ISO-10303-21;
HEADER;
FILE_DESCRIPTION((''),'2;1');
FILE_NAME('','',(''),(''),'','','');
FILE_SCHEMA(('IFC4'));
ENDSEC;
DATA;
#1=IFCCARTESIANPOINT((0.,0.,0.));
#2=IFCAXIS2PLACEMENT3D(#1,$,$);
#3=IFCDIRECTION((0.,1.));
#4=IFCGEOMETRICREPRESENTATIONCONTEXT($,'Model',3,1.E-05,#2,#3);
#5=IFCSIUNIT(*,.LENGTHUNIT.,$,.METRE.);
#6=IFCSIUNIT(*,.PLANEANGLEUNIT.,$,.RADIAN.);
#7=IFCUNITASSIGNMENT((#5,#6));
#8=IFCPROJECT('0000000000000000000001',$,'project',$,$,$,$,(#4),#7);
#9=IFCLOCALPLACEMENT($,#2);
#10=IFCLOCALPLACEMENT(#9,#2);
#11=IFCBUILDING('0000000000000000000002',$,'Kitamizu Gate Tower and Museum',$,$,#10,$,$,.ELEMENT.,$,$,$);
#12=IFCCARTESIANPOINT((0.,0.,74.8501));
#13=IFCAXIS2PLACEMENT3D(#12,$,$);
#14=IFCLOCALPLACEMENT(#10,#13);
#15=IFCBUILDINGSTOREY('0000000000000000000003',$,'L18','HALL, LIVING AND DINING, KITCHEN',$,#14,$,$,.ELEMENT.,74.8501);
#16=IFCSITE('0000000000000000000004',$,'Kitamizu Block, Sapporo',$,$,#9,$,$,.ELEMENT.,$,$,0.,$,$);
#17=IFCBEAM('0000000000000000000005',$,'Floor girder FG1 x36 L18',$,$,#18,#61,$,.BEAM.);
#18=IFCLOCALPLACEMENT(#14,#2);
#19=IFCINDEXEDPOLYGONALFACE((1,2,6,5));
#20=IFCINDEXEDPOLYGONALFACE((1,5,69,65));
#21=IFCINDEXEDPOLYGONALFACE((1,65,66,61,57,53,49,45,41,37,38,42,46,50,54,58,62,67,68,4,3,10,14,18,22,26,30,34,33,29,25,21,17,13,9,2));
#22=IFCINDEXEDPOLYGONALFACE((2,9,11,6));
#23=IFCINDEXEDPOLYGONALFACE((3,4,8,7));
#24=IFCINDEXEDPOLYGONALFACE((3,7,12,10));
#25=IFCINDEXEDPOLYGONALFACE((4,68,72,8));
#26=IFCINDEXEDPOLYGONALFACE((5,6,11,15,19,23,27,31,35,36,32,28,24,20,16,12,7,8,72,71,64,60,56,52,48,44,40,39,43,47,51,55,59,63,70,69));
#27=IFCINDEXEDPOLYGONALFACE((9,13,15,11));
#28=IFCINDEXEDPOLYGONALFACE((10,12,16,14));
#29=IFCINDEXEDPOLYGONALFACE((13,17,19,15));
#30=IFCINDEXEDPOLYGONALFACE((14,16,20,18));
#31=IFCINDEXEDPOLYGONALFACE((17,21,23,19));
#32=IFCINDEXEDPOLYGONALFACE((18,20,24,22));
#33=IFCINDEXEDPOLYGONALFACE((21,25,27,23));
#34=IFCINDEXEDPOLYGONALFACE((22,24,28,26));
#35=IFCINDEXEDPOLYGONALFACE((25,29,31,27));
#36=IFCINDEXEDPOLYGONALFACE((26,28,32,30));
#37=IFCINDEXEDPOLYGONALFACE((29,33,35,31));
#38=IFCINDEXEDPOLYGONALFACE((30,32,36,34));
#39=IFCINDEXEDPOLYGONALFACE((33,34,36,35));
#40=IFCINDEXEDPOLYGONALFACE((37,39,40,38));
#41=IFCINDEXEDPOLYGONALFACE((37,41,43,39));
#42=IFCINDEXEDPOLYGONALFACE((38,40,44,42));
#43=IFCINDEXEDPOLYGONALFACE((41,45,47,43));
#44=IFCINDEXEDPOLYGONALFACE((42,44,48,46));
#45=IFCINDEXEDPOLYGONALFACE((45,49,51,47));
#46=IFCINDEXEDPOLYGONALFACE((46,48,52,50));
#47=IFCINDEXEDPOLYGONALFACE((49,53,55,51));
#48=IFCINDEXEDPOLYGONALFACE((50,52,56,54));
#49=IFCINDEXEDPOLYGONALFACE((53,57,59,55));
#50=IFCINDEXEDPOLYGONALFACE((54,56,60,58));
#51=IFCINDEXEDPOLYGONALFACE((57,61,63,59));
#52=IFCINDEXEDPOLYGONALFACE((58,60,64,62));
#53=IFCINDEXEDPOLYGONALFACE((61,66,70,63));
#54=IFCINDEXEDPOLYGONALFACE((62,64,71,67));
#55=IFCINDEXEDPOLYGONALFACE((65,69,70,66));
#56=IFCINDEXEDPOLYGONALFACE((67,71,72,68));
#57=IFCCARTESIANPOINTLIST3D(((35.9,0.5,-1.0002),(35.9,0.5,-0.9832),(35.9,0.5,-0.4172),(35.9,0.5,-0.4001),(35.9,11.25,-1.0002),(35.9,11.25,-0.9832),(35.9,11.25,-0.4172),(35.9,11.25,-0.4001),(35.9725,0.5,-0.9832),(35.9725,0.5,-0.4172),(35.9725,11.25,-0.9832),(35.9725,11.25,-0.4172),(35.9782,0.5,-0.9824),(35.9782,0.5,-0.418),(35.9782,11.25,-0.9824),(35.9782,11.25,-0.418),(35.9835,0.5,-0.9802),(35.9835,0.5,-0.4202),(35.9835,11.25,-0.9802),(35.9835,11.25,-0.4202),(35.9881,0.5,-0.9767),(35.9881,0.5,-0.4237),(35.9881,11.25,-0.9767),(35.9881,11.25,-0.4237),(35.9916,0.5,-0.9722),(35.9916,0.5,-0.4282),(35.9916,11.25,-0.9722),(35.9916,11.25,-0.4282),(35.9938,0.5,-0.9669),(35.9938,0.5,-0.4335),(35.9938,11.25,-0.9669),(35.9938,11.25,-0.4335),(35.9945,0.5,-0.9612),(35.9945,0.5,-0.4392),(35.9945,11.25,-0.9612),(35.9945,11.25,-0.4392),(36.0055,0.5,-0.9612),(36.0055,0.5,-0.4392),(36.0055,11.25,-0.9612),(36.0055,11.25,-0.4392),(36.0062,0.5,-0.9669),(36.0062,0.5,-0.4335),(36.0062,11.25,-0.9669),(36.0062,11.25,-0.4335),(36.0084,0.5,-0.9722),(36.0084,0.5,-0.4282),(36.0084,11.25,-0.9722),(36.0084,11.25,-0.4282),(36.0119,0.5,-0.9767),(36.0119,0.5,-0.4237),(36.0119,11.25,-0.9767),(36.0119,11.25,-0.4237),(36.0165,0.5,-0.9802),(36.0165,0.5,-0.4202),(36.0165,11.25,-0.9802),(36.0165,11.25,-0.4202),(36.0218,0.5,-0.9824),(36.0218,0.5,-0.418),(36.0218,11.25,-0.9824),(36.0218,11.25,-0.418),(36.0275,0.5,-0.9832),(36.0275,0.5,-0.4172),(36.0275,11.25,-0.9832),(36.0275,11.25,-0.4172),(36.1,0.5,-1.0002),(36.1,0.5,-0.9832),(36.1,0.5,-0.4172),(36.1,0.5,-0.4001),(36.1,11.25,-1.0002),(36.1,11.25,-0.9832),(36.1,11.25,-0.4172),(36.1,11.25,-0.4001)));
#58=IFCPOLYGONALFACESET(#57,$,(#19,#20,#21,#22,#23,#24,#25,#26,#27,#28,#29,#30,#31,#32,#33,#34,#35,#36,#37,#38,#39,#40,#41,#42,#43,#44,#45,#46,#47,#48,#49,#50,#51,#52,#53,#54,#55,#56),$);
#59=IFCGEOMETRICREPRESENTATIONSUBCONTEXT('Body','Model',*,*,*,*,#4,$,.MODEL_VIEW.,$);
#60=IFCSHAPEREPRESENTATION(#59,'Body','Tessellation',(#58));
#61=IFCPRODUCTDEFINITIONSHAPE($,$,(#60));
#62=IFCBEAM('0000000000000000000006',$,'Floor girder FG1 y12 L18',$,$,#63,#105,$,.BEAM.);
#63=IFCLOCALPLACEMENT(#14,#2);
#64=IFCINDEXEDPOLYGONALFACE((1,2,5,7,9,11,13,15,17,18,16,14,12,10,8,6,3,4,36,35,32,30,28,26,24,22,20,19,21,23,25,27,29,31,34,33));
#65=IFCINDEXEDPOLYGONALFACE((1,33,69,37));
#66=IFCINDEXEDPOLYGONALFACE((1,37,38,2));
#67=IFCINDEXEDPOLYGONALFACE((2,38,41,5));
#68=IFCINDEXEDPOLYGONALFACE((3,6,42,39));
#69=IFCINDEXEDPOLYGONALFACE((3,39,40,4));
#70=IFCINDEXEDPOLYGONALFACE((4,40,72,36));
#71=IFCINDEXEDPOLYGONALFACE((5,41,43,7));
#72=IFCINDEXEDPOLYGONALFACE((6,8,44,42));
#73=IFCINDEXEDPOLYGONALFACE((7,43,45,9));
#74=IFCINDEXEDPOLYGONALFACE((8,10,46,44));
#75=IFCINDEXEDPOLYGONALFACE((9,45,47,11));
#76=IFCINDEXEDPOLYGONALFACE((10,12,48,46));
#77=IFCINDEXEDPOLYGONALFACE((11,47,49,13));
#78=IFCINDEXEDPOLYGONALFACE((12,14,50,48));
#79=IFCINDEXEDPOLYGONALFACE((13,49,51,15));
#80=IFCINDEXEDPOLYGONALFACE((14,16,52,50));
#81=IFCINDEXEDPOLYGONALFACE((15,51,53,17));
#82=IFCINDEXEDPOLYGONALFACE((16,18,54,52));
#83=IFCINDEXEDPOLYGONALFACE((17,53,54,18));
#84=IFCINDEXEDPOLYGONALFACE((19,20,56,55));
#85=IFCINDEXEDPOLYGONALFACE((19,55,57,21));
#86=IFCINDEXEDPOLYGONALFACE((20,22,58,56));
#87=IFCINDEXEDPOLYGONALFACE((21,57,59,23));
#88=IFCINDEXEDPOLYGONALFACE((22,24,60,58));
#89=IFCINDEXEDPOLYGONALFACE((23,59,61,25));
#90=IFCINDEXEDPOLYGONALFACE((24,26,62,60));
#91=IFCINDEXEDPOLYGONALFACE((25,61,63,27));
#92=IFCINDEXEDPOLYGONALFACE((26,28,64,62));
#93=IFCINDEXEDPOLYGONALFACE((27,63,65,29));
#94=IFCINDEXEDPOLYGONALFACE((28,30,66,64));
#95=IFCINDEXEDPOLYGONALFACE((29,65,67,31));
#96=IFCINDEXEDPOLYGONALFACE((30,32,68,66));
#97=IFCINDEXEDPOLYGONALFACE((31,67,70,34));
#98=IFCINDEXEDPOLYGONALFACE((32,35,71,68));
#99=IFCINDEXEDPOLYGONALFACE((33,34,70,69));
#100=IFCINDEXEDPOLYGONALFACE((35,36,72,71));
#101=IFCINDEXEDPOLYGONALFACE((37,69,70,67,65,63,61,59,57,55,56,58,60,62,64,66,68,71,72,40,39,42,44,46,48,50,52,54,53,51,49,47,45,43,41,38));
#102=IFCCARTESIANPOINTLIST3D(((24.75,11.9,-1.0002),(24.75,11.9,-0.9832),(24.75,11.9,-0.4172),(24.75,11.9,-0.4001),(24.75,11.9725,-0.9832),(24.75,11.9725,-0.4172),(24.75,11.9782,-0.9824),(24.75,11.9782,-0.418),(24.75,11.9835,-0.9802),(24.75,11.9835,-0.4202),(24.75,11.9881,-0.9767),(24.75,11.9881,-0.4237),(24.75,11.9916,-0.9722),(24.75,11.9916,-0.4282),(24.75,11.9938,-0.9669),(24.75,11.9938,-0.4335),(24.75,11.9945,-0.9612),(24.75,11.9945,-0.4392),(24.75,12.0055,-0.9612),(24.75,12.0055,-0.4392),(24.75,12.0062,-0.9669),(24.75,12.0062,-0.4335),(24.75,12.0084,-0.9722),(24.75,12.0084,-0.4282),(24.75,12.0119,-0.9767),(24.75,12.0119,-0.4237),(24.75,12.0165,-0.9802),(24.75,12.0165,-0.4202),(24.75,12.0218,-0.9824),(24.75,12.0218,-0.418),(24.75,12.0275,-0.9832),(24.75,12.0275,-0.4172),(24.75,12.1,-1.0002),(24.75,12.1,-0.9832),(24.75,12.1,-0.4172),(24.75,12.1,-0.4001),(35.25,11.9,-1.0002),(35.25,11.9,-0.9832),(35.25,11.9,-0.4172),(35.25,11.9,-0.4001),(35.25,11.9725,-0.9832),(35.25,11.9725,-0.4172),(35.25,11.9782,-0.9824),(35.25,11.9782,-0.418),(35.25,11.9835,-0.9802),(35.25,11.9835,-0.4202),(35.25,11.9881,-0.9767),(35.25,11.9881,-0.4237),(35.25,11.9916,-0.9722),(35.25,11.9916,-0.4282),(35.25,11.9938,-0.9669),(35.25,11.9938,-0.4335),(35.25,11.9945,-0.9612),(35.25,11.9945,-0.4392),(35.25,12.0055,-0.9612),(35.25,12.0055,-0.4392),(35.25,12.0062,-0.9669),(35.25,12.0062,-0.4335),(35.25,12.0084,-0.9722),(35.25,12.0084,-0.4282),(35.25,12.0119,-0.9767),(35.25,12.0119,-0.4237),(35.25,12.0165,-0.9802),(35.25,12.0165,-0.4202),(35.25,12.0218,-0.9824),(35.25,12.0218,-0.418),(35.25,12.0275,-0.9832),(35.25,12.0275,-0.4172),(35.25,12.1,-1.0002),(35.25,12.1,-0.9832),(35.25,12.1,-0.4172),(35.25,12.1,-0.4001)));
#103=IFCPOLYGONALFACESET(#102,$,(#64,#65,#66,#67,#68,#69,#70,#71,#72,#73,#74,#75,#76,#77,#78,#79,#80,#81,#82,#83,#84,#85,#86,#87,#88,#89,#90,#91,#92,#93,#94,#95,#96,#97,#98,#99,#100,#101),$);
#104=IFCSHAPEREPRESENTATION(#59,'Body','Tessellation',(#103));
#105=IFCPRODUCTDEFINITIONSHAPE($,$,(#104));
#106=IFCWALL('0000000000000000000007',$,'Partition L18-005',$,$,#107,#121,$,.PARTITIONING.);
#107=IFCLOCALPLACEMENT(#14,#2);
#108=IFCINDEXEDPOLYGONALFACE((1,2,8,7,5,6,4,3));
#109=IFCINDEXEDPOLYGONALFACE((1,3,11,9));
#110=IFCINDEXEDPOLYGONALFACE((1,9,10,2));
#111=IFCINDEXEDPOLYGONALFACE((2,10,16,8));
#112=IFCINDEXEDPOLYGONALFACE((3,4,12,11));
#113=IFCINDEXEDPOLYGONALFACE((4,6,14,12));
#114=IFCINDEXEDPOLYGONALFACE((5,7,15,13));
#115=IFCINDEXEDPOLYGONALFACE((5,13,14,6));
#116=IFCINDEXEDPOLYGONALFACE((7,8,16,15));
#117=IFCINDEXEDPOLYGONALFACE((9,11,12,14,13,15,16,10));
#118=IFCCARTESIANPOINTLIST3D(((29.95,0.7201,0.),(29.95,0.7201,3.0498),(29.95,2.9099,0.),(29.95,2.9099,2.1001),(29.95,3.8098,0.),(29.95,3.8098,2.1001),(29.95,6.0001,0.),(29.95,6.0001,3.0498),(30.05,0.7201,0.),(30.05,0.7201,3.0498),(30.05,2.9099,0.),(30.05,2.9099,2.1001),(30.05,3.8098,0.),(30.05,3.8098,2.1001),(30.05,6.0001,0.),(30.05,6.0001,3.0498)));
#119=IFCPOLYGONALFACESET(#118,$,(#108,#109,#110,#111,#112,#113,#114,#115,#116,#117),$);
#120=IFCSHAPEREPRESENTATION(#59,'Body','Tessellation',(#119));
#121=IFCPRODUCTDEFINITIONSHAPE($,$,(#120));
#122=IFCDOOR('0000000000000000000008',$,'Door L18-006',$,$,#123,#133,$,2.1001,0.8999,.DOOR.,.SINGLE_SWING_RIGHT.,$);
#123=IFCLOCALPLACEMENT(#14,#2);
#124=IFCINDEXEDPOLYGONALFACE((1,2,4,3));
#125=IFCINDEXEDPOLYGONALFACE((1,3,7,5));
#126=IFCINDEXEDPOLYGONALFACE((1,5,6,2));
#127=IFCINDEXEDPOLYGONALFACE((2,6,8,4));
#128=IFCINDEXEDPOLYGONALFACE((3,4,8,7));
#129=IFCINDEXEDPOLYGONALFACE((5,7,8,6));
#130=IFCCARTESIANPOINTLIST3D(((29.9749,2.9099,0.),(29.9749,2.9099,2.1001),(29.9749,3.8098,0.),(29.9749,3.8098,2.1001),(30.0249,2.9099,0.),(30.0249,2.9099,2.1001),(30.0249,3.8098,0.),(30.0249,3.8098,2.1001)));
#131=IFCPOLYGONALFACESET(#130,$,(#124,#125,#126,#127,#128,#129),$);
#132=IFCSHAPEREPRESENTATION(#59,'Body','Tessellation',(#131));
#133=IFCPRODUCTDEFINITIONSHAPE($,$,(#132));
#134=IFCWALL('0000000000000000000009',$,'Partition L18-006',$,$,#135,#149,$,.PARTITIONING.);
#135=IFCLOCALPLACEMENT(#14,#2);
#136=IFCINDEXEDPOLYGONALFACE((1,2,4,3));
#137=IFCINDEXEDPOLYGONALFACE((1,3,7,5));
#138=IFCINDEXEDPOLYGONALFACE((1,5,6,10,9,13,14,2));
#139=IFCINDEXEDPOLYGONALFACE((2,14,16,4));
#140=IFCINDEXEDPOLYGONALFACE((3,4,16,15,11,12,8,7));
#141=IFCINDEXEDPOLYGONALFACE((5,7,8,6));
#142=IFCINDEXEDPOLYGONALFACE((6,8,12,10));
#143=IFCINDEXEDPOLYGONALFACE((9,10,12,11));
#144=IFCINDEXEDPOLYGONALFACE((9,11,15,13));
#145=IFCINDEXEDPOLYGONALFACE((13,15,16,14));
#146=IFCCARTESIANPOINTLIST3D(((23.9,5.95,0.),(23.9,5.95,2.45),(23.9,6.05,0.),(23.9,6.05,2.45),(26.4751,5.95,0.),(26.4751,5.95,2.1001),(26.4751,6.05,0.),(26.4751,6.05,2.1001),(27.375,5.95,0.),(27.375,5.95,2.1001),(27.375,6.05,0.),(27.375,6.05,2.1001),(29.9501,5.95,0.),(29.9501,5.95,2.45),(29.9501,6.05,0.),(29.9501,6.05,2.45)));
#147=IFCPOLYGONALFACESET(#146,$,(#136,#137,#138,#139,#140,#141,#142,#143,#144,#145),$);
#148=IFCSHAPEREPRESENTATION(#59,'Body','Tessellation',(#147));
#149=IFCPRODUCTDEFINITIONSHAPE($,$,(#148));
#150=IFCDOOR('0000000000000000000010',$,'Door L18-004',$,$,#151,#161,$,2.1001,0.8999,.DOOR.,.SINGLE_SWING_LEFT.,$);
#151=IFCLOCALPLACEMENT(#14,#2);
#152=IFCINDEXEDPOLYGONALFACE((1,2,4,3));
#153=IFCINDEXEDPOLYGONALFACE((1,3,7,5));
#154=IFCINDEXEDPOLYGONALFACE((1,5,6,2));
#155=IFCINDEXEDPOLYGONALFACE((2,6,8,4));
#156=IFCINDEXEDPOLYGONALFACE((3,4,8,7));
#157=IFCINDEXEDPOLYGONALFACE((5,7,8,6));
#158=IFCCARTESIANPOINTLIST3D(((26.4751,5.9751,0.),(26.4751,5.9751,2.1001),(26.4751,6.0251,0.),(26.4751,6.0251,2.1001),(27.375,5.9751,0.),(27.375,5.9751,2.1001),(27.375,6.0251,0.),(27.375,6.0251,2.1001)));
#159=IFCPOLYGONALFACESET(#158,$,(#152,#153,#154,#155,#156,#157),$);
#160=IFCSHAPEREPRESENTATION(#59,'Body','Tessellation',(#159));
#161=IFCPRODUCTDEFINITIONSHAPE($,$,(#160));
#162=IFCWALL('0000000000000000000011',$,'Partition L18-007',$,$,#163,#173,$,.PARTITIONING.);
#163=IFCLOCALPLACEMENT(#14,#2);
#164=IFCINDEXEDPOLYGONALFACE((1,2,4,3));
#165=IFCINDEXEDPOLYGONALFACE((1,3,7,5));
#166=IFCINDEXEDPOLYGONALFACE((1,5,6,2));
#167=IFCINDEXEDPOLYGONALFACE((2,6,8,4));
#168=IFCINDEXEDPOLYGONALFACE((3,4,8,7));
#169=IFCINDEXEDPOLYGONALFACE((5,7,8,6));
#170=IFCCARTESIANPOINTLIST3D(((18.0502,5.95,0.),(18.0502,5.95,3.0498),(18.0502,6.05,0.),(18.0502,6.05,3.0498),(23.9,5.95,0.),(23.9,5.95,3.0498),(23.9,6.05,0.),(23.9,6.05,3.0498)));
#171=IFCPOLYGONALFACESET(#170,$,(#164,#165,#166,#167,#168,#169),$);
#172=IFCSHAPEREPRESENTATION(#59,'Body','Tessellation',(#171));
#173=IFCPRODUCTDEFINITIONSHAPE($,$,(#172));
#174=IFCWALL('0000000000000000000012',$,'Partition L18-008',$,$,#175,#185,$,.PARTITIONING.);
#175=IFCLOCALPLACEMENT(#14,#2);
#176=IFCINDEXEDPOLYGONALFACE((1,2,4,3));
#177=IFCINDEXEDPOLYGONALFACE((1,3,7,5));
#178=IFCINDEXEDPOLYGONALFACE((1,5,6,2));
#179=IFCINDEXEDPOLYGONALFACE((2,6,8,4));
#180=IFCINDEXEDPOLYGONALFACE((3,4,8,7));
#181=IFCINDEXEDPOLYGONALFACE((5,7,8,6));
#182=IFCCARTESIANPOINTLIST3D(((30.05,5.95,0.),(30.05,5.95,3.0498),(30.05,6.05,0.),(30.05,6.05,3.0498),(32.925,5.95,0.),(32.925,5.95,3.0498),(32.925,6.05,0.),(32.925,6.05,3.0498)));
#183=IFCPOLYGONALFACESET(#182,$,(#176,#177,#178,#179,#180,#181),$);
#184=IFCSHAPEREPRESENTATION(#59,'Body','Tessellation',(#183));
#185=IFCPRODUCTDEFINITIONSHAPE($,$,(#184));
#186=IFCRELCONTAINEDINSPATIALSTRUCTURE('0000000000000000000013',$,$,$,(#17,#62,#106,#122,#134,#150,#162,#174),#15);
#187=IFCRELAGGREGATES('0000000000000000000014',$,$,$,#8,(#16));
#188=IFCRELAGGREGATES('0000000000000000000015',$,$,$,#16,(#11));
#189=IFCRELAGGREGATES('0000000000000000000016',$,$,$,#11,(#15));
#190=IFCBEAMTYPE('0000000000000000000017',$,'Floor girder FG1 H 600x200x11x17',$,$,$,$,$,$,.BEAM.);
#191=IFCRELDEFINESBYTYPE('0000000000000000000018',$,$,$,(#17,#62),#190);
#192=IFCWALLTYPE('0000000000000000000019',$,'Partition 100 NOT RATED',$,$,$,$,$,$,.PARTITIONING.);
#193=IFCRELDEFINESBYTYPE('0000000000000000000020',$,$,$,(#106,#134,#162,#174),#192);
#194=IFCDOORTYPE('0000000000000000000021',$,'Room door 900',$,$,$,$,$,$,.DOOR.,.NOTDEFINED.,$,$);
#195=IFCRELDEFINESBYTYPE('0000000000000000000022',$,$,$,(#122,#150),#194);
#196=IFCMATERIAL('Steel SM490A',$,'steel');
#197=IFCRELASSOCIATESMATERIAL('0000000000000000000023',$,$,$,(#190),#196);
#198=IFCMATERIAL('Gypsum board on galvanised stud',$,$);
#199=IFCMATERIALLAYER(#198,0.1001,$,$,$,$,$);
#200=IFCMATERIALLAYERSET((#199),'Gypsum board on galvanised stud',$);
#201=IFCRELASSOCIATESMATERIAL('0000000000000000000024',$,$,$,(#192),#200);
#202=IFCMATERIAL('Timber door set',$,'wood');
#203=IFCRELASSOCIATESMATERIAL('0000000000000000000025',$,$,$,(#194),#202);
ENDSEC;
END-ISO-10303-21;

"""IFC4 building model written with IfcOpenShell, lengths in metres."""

from ifc_helpers import new_model, si_unit, direction, frame, frame_2d, origin, origin_2d, place, context, subcontext, project, spatial, rectangle, i_section, extrude, material, layer, layer_set, material_profile, profile_set, type_object, element, fill, save


model = new_model("IFC4")

# Units and contexts
model_context = context("Model", 3, precision=1e-05, world=origin(), true_north=direction((0.0, 1.0)))
body_context = subcontext(model_context, "Body", "Model", "MODEL_VIEW")
ifc_project = project(units=[si_unit("LENGTHUNIT", "METRE"), si_unit("PLANEANGLEUNIT", "RADIAN")], contexts=[model_context])

# Site, building, storey
site_placement = place(None, origin())
site = spatial("IfcSite", under=ifc_project, at=site_placement, Name="Kitamizu Block, Sapporo", CompositionType="ELEMENT", RefElevation=0.0)
building_placement = place(site_placement, origin())
building = spatial("IfcBuilding", under=site, at=building_placement, Name="Kitamizu Gate Tower and Museum", CompositionType="ELEMENT")
storey_placement = place(building_placement, frame((0.0, 0.0, 74.8501)))
storey = spatial("IfcBuildingStorey", under=building, at=storey_placement, Name="L18", Description="HALL, LIVING AND DINING, KITCHEN", CompositionType="ELEMENT", Elevation=74.8501)

# Beams
ifc_material_1 = material(Name="Steel SM490A", Category="steel")
ifc_material_profile_1 = material_profile(ifc_material_1, i_section(OverallWidth=0.2, OverallDepth=0.6001, WebThickness=0.011, FlangeThickness=0.0171, FilletRadius=0.022, at=origin_2d()), Name="H-600x200x11x17")
ifc_profile_set_1 = profile_set([ifc_material_profile_1], Name="Steel SM490A")
beam_type_1 = type_object("IfcBeamType", Name="Floor girder FG1 H 600x200x11x17", PredefinedType="BEAM", material=ifc_profile_set_1)
for number, where, z_axis, x_axis, name in (
    (1, (36.0, 0.5, -0.7002), (0.0, 1.0, 0.0), (-1.0, 0.0, 0.0), "Floor girder FG1 x36 L18"),
):
    element("IfcBeam", number, at=place(storey_placement, frame(where, z_axis=z_axis, x_axis=x_axis)), inside=storey, type_object=beam_type_1, Name=name, PredefinedType="BEAM", context=body_context, shape_type="SweptSolid", body=[
        extrude(i_section(OverallWidth=0.2, OverallDepth=0.6001, WebThickness=0.011, FlangeThickness=0.0171, FilletRadius=0.022, at=origin_2d()), origin(), (0.0, 0.0, 1.0), 10.75),
    ])
beam_1_placement = place(storey_placement, frame((24.75, 12.0, -0.7002), z_axis=(1.0, 0.0, 0.0), x_axis=(0.0, 1.0, 0.0)))
element("IfcBeam", 2, at=beam_1_placement, inside=storey, type_object=beam_type_1, Name="Floor girder FG1 y12 L18", PredefinedType="BEAM", context=body_context, shape_type="SweptSolid", body=[
    extrude(i_section(OverallWidth=0.2, OverallDepth=0.6001, WebThickness=0.011, FlangeThickness=0.0171, FilletRadius=0.022, at=origin_2d()), origin(), (0.0, 0.0, 1.0), 10.5),
])

# Walls, openings, doors
ifc_material_2 = material(Name="Gypsum board on galvanised stud")
ifc_layer_1 = layer(ifc_material_2, 0.1001)
ifc_layer_set_1 = layer_set([ifc_layer_1], Name="Gypsum board on galvanised stud")
wall_type_1 = type_object("IfcWallType", Name="Partition 100 NOT RATED", PredefinedType="PARTITIONING", material=ifc_layer_set_1)
wall_1_placement = place(storey_placement, frame((30.0, 0.72, 0.0), z_axis=(0.0, 0.0, 1.0), x_axis=(0.0, 1.0, 0.0)))
wall_1 = element("IfcWall", 3, at=wall_1_placement, inside=storey, type_object=wall_type_1, Name="Partition L18-005", PredefinedType="PARTITIONING", context=body_context, shape_type="SweptSolid", body=[
    extrude(rectangle(XDim=5.28, YDim=0.1001, at=frame_2d((2.6401, 0.0))), origin(), (0.0, 0.0, 1.0), 3.0498),
])
opening_1_placement = place(wall_1_placement, frame((2.1899, 0.0, 0.0)))
opening_1 = element("IfcOpeningElement", 4, at=opening_1_placement, cuts=wall_1, PredefinedType="OPENING", context=body_context, shape_type="SweptSolid", body=[
    extrude(rectangle(XDim=0.8999, YDim=2.1001, at=frame_2d((0.45, 1.05))), frame((0.0, 0.0601, 0.0), z_axis=(0.0, -1.0, 0.0), x_axis=(1.0, 0.0, 0.0)), (0.0, 0.0, 1.0), 0.1201),
])
ifc_material_3 = material(Name="Timber door set", Category="wood")
door_type_1 = type_object("IfcDoorType", Name="Room door 900", OperationType="NOTDEFINED", PredefinedType="DOOR", material=ifc_material_3)
door_1_placement = place(opening_1_placement, frame((0.8999, 0.0, 0.0), x_axis=(-1.0, 0.0, 0.0)))
door_1 = element("IfcDoor", 5, at=door_1_placement, inside=storey, type_object=door_type_1, Name="Door L18-006", OperationType="SINGLE_SWING_RIGHT", OverallHeight=2.1001, OverallWidth=0.8999, PredefinedType="DOOR", context=body_context, shape_type="SweptSolid", body=[
    extrude(rectangle(XDim=0.8999, YDim=2.1001, at=frame_2d((0.45, 1.05))), frame((0.0, 0.0249, 0.0), z_axis=(0.0, -1.0, 0.0), x_axis=(1.0, 0.0, 0.0)), (0.0, 0.0, 1.0), 0.05),
])
fill(opening_1, door_1)
wall_2_placement = place(storey_placement, frame((29.95, 6.0, 0.0), z_axis=(0.0, 0.0, 1.0), x_axis=(-1.0, 0.0, 0.0)))
wall_2 = element("IfcWall", 6, at=wall_2_placement, inside=storey, type_object=wall_type_1, Name="Partition L18-006", PredefinedType="PARTITIONING", context=body_context, shape_type="SweptSolid", body=[
    extrude(rectangle(XDim=6.05, YDim=0.1001, at=frame_2d((3.0249, 0.0))), origin(), (0.0, 0.0, 1.0), 2.45),
])
opening_2_placement = place(wall_2_placement, frame((2.575, 0.0, 0.0)))
opening_2 = element("IfcOpeningElement", 7, at=opening_2_placement, cuts=wall_2, PredefinedType="OPENING", context=body_context, shape_type="SweptSolid", body=[
    extrude(rectangle(XDim=0.8999, YDim=2.1001, at=frame_2d((0.45, 1.05))), frame((0.0, 0.0601, 0.0), z_axis=(0.0, -1.0, 0.0), x_axis=(1.0, 0.0, 0.0)), (0.0, 0.0, 1.0), 0.1201),
])
door_2_placement = place(opening_2_placement, origin())
door_2 = element("IfcDoor", 8, at=door_2_placement, inside=storey, type_object=door_type_1, Name="Door L18-004", OperationType="SINGLE_SWING_LEFT", OverallHeight=2.1001, OverallWidth=0.8999, PredefinedType="DOOR", context=body_context, shape_type="SweptSolid", body=[
    extrude(rectangle(XDim=0.8999, YDim=2.1001, at=frame_2d((0.45, 1.05))), frame((0.0, 0.0249, 0.0), z_axis=(0.0, -1.0, 0.0), x_axis=(1.0, 0.0, 0.0)), (0.0, 0.0, 1.0), 0.05),
])
fill(opening_2, door_2)

# Walls
wall_3_placement = place(storey_placement, frame((23.8999, 6.0, 0.0), z_axis=(0.0, 0.0, 1.0), x_axis=(-1.0, 0.0, 0.0)))
element("IfcWall", 9, at=wall_3_placement, inside=storey, type_object=wall_type_1, Name="Partition L18-007", PredefinedType="PARTITIONING", context=body_context, shape_type="SweptSolid", body=[
    extrude(rectangle(XDim=5.8499, YDim=0.1001, at=frame_2d((2.9248, 0.0))), origin(), (0.0, 0.0, 1.0), 3.0498),
])
wall_4_placement = place(storey_placement, frame((32.925, 6.0, 0.0), z_axis=(0.0, 0.0, 1.0), x_axis=(-1.0, 0.0, 0.0)))
element("IfcWall", 10, at=wall_4_placement, inside=storey, type_object=wall_type_1, Name="Partition L18-008", PredefinedType="PARTITIONING", context=body_context, shape_type="SweptSolid", body=[
    extrude(rectangle(XDim=2.875, YDim=0.1001, at=frame_2d((1.4375, 0.0))), origin(), (0.0, 0.0, 1.0), 3.0498),
])

save(model, "model.ifc")
